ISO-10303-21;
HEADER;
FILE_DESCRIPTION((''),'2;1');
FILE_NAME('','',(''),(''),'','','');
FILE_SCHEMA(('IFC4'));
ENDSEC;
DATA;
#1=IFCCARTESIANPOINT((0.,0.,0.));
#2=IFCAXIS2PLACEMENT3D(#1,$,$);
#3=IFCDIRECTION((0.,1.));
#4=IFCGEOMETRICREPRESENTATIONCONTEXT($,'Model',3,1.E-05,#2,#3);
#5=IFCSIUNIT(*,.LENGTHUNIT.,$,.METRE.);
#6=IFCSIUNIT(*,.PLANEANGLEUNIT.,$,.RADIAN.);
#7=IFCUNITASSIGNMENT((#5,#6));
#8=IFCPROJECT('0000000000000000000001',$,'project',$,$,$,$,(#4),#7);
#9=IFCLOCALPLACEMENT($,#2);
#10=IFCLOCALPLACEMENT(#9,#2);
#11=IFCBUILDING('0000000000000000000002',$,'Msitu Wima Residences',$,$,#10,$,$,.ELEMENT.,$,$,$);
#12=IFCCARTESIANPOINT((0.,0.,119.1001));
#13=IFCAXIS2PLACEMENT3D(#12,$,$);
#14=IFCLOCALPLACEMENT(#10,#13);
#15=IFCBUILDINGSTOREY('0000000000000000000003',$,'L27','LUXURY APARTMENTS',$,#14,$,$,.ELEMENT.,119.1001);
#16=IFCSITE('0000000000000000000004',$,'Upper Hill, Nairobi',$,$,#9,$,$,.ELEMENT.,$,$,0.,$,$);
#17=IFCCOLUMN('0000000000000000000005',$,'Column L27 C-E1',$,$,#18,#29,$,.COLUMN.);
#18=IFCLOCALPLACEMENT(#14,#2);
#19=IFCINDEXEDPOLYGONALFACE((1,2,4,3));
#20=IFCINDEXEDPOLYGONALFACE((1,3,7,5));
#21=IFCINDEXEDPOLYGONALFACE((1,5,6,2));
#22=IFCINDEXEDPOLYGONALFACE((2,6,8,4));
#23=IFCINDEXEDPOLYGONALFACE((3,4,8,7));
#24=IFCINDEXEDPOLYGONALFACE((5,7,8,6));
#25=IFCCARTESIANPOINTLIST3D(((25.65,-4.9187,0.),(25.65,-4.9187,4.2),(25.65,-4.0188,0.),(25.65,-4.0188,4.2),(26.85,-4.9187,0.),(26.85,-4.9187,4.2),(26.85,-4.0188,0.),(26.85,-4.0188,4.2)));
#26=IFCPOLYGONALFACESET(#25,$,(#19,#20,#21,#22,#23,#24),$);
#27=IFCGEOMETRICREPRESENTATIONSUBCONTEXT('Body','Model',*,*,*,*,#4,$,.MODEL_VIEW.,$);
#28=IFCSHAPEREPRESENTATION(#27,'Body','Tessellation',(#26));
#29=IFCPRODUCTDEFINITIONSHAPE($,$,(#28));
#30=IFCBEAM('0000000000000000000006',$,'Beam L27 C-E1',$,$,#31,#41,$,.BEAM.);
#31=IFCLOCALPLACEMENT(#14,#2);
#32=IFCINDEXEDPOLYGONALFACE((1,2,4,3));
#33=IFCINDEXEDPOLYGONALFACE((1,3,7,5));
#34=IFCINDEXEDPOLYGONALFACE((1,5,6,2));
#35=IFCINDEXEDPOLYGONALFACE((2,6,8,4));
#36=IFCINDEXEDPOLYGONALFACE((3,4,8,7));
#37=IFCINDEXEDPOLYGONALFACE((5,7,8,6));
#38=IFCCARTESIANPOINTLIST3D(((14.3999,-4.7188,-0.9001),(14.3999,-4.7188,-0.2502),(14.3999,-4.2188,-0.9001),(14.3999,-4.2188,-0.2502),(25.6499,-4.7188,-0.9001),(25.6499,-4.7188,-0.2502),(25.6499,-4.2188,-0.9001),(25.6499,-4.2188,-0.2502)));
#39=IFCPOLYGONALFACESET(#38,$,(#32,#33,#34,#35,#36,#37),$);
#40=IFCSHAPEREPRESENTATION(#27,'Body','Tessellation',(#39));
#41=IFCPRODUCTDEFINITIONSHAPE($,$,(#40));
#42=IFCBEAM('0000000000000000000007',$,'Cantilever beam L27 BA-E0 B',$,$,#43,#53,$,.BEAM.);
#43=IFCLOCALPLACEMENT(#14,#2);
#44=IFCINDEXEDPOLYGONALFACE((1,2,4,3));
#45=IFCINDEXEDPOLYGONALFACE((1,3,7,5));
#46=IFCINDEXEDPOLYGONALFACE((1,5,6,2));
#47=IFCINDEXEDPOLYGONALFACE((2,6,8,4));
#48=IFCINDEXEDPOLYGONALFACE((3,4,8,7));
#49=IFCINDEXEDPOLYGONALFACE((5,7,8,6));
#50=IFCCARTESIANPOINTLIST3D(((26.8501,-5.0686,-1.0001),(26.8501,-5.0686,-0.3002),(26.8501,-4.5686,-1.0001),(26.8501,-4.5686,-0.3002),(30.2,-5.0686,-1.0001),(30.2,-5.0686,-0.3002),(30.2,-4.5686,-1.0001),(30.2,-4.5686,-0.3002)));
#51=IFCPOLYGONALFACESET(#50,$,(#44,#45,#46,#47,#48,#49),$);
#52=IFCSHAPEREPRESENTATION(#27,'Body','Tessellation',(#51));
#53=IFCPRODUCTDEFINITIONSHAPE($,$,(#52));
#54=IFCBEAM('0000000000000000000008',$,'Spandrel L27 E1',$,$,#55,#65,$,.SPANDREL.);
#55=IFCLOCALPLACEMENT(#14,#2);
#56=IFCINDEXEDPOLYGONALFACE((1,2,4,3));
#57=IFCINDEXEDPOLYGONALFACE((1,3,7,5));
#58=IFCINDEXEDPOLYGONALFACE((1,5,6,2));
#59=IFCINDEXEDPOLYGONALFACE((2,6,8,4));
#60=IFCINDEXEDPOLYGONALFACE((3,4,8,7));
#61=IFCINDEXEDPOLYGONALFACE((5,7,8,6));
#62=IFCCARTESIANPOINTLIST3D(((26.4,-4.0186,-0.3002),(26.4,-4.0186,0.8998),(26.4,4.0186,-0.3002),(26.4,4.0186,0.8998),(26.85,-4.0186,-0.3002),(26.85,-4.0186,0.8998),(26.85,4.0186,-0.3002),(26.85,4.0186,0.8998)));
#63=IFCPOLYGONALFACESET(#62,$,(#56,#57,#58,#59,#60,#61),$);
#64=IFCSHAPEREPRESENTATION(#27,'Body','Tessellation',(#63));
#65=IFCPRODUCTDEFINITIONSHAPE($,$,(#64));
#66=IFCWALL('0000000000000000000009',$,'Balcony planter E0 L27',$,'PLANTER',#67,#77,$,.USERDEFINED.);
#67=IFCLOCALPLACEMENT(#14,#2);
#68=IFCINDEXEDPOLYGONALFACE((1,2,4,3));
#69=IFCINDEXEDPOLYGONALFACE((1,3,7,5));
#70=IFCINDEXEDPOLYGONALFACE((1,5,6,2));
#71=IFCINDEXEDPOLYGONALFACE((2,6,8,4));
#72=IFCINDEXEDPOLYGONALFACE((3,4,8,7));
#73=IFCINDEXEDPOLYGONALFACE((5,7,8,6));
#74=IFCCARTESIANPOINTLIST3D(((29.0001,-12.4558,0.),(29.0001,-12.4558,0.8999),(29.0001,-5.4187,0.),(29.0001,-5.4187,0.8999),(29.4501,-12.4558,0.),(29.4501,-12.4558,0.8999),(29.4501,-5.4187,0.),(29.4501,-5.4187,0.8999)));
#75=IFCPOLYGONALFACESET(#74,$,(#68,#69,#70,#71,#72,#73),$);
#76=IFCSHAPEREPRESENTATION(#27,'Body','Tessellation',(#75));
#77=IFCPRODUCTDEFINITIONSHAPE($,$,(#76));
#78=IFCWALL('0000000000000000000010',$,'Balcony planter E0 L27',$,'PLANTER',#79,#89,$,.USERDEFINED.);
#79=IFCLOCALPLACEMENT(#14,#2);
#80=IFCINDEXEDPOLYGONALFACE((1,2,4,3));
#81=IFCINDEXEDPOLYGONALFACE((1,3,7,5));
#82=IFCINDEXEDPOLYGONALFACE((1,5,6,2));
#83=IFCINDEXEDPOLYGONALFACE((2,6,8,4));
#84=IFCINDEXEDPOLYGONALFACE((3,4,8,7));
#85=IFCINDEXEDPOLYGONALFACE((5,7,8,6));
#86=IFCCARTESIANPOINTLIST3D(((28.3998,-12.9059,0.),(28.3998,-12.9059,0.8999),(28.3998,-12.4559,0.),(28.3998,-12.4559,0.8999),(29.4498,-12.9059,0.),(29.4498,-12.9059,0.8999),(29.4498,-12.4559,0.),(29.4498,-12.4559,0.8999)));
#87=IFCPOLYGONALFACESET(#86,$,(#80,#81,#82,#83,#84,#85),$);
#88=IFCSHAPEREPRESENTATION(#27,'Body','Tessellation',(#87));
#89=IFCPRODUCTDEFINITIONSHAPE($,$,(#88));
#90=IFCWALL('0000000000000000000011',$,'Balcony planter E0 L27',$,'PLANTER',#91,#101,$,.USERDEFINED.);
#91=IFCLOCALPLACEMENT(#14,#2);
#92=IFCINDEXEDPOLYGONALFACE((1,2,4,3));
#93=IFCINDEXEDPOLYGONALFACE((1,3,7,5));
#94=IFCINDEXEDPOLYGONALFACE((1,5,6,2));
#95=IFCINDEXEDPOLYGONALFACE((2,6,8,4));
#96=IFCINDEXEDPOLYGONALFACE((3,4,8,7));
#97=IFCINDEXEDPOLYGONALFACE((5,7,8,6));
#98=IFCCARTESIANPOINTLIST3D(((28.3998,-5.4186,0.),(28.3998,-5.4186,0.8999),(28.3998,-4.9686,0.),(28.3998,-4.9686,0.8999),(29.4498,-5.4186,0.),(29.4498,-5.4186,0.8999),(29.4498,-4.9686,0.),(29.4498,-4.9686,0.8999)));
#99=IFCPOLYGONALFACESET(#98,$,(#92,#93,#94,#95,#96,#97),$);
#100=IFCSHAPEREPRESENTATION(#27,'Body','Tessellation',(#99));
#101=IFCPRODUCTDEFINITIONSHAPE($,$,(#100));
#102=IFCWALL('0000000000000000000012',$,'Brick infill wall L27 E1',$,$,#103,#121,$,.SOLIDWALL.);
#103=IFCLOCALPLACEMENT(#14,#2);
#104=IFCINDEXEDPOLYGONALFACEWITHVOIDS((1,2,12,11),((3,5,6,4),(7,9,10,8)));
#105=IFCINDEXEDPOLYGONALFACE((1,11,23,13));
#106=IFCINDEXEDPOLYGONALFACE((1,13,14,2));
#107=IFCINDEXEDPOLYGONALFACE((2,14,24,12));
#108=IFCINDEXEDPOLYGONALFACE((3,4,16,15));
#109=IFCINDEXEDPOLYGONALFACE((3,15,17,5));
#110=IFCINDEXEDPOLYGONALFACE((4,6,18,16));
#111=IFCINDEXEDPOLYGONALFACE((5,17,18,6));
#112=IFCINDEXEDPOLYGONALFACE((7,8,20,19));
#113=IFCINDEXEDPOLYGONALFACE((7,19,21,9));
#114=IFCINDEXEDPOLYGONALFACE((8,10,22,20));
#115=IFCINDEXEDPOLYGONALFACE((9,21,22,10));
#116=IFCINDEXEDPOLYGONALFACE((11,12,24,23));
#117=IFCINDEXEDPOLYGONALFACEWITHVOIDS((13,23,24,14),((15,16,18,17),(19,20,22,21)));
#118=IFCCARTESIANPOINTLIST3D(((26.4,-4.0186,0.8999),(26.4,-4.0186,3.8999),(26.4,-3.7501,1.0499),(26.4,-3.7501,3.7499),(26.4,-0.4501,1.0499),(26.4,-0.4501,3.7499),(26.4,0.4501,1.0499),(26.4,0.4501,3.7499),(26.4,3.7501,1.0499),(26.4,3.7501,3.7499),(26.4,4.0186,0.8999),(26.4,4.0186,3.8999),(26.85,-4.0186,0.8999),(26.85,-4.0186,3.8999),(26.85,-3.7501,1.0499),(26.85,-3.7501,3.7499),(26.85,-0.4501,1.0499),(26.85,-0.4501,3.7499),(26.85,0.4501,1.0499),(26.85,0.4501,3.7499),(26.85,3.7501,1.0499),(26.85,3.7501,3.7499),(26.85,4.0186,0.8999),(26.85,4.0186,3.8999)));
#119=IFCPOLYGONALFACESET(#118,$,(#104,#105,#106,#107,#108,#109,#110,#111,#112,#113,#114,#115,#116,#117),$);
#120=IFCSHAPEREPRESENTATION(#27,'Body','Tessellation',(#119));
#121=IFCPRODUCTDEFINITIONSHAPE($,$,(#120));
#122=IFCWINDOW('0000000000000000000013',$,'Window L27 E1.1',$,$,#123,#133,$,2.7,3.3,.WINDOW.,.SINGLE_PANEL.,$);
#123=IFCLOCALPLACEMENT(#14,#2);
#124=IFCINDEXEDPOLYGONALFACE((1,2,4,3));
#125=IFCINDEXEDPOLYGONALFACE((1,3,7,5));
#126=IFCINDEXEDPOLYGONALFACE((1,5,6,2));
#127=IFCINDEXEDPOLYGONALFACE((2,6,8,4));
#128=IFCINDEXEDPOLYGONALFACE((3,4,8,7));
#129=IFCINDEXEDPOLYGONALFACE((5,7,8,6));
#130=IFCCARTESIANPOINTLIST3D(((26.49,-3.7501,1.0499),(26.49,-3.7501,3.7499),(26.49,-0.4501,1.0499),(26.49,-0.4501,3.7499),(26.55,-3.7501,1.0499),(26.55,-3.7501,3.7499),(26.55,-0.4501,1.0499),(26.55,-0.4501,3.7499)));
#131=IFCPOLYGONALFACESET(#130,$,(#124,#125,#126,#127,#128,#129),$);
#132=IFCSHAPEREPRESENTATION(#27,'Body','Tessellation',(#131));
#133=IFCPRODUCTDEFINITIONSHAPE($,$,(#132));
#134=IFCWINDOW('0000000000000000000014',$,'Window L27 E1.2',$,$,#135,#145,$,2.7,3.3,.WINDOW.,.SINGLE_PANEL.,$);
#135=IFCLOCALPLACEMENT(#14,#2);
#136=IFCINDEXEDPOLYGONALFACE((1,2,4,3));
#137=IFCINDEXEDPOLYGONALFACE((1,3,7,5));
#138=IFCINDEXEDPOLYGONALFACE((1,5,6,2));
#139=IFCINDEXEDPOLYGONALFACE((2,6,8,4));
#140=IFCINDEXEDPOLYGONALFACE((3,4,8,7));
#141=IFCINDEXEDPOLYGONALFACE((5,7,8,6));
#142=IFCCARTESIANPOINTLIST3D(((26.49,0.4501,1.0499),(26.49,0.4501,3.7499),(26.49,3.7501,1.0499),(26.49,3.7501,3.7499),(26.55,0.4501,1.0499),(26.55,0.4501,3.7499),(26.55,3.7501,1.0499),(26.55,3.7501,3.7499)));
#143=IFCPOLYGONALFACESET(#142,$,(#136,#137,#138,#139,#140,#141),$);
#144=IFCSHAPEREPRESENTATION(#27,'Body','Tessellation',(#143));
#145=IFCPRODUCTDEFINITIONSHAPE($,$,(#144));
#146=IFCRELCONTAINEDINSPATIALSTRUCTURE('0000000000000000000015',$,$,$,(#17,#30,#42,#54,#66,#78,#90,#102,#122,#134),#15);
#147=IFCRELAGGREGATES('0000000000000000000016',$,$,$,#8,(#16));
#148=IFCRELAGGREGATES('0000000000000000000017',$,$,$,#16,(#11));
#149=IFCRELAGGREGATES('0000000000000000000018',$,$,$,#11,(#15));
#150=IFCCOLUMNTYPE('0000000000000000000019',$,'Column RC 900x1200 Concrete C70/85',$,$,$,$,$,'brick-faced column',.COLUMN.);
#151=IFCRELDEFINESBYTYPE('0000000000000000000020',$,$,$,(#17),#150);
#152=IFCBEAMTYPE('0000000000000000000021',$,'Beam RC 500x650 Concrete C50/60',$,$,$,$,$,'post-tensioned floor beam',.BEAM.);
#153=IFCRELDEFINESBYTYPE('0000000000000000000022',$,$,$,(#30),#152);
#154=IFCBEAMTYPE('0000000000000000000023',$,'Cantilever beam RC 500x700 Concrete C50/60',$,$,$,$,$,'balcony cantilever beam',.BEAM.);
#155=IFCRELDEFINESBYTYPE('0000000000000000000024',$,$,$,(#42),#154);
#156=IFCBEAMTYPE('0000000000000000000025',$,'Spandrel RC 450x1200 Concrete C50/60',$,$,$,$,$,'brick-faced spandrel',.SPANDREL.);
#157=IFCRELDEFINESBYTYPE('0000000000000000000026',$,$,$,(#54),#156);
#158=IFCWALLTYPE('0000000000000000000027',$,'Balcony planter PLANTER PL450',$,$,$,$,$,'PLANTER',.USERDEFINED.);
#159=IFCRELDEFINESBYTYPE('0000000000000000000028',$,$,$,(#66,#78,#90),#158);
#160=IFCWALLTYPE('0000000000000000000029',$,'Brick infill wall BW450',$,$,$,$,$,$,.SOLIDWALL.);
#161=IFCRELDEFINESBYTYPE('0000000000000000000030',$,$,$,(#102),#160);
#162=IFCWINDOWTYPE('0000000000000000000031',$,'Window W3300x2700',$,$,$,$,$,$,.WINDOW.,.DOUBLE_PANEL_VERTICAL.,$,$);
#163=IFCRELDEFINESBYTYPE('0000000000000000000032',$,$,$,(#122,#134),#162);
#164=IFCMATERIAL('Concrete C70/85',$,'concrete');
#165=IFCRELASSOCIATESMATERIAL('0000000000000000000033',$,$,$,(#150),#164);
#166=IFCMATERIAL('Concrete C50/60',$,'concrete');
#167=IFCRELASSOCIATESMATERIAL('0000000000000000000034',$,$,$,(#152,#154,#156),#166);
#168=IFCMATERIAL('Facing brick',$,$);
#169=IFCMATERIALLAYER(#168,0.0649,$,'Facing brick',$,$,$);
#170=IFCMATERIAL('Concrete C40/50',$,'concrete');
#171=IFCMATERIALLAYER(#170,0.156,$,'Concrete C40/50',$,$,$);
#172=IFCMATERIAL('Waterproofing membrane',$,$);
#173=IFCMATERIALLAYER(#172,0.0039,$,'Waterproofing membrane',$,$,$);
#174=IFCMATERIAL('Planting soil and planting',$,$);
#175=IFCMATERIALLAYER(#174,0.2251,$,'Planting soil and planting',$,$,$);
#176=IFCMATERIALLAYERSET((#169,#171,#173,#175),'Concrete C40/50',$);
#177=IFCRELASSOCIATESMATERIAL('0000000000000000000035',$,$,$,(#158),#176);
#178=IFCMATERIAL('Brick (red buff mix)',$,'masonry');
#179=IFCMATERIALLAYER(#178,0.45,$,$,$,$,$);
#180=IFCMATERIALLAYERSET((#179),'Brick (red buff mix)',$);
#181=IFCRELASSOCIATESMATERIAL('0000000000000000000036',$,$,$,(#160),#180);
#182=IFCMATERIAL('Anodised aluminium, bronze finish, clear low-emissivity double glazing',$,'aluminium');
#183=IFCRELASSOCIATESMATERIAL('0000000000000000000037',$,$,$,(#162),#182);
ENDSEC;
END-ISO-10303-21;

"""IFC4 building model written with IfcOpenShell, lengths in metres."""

from ifc_helpers import new_model, si_unit, direction, frame, frame_2d, origin, origin_2d, place, context, subcontext, project, spatial, rectangle, extrude, material, layer, layer_set, material_profile, profile_set, type_object, element, fill, save


model = new_model("IFC4")

# Units and contexts
model_context = context("Model", 3, precision=1e-05, world=origin(), true_north=direction((0.0, 1.0)))
body_context = subcontext(model_context, "Body", "Model", "MODEL_VIEW")
ifc_project = project(units=[si_unit("LENGTHUNIT", "METRE"), si_unit("PLANEANGLEUNIT", "RADIAN")], contexts=[model_context])

# Site, building, storey
site_placement = place(None, origin())
site = spatial("IfcSite", under=ifc_project, at=site_placement, Name="Upper Hill, Nairobi", CompositionType="ELEMENT", RefElevation=0.0)
building_placement = place(site_placement, origin())
building = spatial("IfcBuilding", under=site, at=building_placement, Name="Msitu Wima Residences", CompositionType="ELEMENT")
storey_placement = place(building_placement, frame((0.0, 0.0, 119.1001)))
storey = spatial("IfcBuildingStorey", under=building, at=storey_placement, Name="L27", Description="LUXURY APARTMENTS", CompositionType="ELEMENT", Elevation=119.1001)

# Column
ifc_material_1 = material(Name="Concrete C70/85", Category="concrete")
ifc_material_profile_1 = material_profile(ifc_material_1, rectangle(XDim=0.8999, YDim=1.2, at=origin_2d()), Name="RC 900x1200")
ifc_profile_set_1 = profile_set([ifc_material_profile_1], Name="Concrete C70/85")
column_type = type_object("IfcColumnType", Name="Column RC 900x1200 Concrete C70/85", ElementType="brick-faced column", PredefinedType="COLUMN", material=ifc_profile_set_1)
column_placement = place(storey_placement, frame((26.25, -4.4688, 0.0), z_axis=(0.0, 0.0, 1.0), x_axis=(0.0, 1.0, 0.0)))
element("IfcColumn", 1, at=column_placement, inside=storey, type_object=column_type, Name="Column L27 C-E1", PredefinedType="COLUMN", context=body_context, shape_type="SweptSolid", body=[
    extrude(rectangle(XDim=0.8999, YDim=1.2, at=origin_2d()), origin(), (0.0, 0.0, 1.0), 4.2),
])

# Beams
ifc_material_2 = material(Name="Concrete C50/60", Category="concrete")
ifc_material_profile_2 = material_profile(ifc_material_2, rectangle(XDim=0.5, YDim=0.6499, at=origin_2d()), Name="RC 500x650")
ifc_profile_set_2 = profile_set([ifc_material_profile_2], Name="Concrete C50/60")
beam_type_1 = type_object("IfcBeamType", Name="Beam RC 500x650 Concrete C50/60", ElementType="post-tensioned floor beam", PredefinedType="BEAM", material=ifc_profile_set_2)
beam_1_placement = place(storey_placement, frame((25.6499, -4.4688, -0.5752), z_axis=(-1.0, 0.0, 0.0), x_axis=(0.0, -1.0, 0.0)))
element("IfcBeam", 2, at=beam_1_placement, inside=storey, type_object=beam_type_1, Name="Beam L27 C-E1", PredefinedType="BEAM", context=body_context, shape_type="SweptSolid", body=[
    extrude(rectangle(XDim=0.5, YDim=0.6499, at=origin_2d()), origin(), (0.0, 0.0, 1.0), 11.25),
])
ifc_material_profile_3 = material_profile(ifc_material_2, rectangle(XDim=0.5, YDim=0.7, at=origin_2d()), Name="RC 500x700")
ifc_profile_set_3 = profile_set([ifc_material_profile_3], Name="Concrete C50/60")
beam_type_2 = type_object("IfcBeamType", Name="Cantilever beam RC 500x700 Concrete C50/60", ElementType="balcony cantilever beam", PredefinedType="BEAM", material=ifc_profile_set_3)
beam_2_placement = place(storey_placement, frame((26.8501, -4.8186, -0.6501), z_axis=(1.0, 0.0, 0.0), x_axis=(0.0, 1.0, 0.0)))
element("IfcBeam", 3, at=beam_2_placement, inside=storey, type_object=beam_type_2, Name="Cantilever beam L27 BA-E0 B", PredefinedType="BEAM", context=body_context, shape_type="SweptSolid", body=[
    extrude(rectangle(XDim=0.5, YDim=0.7, at=origin_2d()), origin(), (0.0, 0.0, 1.0), 3.3499),
])
ifc_material_profile_4 = material_profile(ifc_material_2, rectangle(XDim=0.45, YDim=1.2, at=origin_2d()), Name="RC 450x1200")
ifc_profile_set_4 = profile_set([ifc_material_profile_4], Name="Concrete C50/60")
beam_type_3 = type_object("IfcBeamType", Name="Spandrel RC 450x1200 Concrete C50/60", ElementType="brick-faced spandrel", PredefinedType="SPANDREL", material=ifc_profile_set_4)
beam_3_placement = place(storey_placement, frame((26.625, -4.0186, 0.2998), z_axis=(0.0, 1.0, 0.0), x_axis=(-1.0, 0.0, 0.0)))
element("IfcBeam", 4, at=beam_3_placement, inside=storey, type_object=beam_type_3, Name="Spandrel L27 E1", PredefinedType="SPANDREL", context=body_context, shape_type="SweptSolid", body=[
    extrude(rectangle(XDim=0.45, YDim=1.2, at=origin_2d()), origin(), (0.0, 0.0, 1.0), 8.0371),
])

# Walls
ifc_material_3 = material(Name="Facing brick")
ifc_layer_1 = layer(ifc_material_3, 0.0649, Name="Facing brick")
ifc_material_4 = material(Name="Concrete C40/50", Category="concrete")
ifc_layer_2 = layer(ifc_material_4, 0.156, Name="Concrete C40/50")
ifc_material_5 = material(Name="Waterproofing membrane")
ifc_layer_3 = layer(ifc_material_5, 0.0039, Name="Waterproofing membrane")
ifc_material_6 = material(Name="Planting soil and planting")
ifc_layer_4 = layer(ifc_material_6, 0.2251, Name="Planting soil and planting")
ifc_layer_set_1 = layer_set([ifc_layer_1, ifc_layer_2, ifc_layer_3, ifc_layer_4], Name="Concrete C40/50")
wall_type_1 = type_object("IfcWallType", Name="Balcony planter PLANTER PL450", ElementType="PLANTER", PredefinedType="USERDEFINED", material=ifc_layer_set_1)
wall_1_placement = place(storey_placement, frame((29.2251, -12.4558, 0.0), z_axis=(0.0, 0.0, 1.0), x_axis=(0.0, 1.0, 0.0)))
element("IfcWall", 5, at=wall_1_placement, inside=storey, type_object=wall_type_1, Name="Balcony planter E0 L27", ObjectType="PLANTER", PredefinedType="USERDEFINED", context=body_context, shape_type="SweptSolid", body=[
    extrude(rectangle(XDim=7.0371, YDim=0.45, at=frame_2d((3.5186, 0.0))), origin(), (0.0, 0.0, 1.0), 0.8999),
])
for number, where, z_axis, x_axis, name in (
    (6, (28.3999, -12.6809, 0.0), (0.0, 0.0, 1.0), (1.0, 0.0, 0.0), "Balcony planter E0 L27"),
    (7, (28.3999, -5.1936, 0.0), (0.0, 0.0, 1.0), (1.0, 0.0, 0.0), "Balcony planter E0 L27"),
):
    element("IfcWall", number, at=place(storey_placement, frame(where, z_axis=z_axis, x_axis=x_axis)), inside=storey, type_object=wall_type_1, Name=name, ObjectType="PLANTER", PredefinedType="USERDEFINED", context=body_context, shape_type="SweptSolid", body=[
        extrude(rectangle(XDim=1.05, YDim=0.45, at=frame_2d((0.5249, 0.0))), origin(), (0.0, 0.0, 1.0), 0.8999),
    ])

# Wall, openings, windows
ifc_material_7 = material(Name="Brick (red buff mix)", Category="masonry")
ifc_layer_5 = layer(ifc_material_7, 0.45)
ifc_layer_set_2 = layer_set([ifc_layer_5], Name="Brick (red buff mix)")
wall_type_2 = type_object("IfcWallType", Name="Brick infill wall BW450", PredefinedType="SOLIDWALL", material=ifc_layer_set_2)
wall_2_placement = place(storey_placement, frame((26.625, -4.0186, 0.8999), z_axis=(0.0, 0.0, 1.0), x_axis=(0.0, 1.0, 0.0)))
wall_2 = element("IfcWall", 8, at=wall_2_placement, inside=storey, type_object=wall_type_2, Name="Brick infill wall L27 E1", PredefinedType="SOLIDWALL", context=body_context, shape_type="SweptSolid", body=[
    extrude(rectangle(XDim=8.0371, YDim=0.45, at=frame_2d((4.0186, 0.0))), origin(), (0.0, 0.0, 1.0), 3.0),
])
opening_1_placement = place(wall_2_placement, frame((0.2686, 0.0, 0.1499)))
opening_1 = element("IfcOpeningElement", 9, at=opening_1_placement, cuts=wall_2, PredefinedType="OPENING", context=body_context, shape_type="SweptSolid", body=[
    extrude(rectangle(XDim=3.3, YDim=2.7, at=frame_2d((1.6499, 1.3501))), frame((0.0, 0.2349, 0.0), z_axis=(0.0, -1.0, 0.0), x_axis=(1.0, 0.0, 0.0)), (0.0, 0.0, 1.0), 0.47),
])
opening_2_placement = place(wall_2_placement, frame((4.4688, 0.0, 0.1499)))
opening_2 = element("IfcOpeningElement", 10, at=opening_2_placement, cuts=wall_2, PredefinedType="OPENING", context=body_context, shape_type="SweptSolid", body=[
    extrude(rectangle(XDim=3.3, YDim=2.7, at=frame_2d((1.6499, 1.3501))), frame((0.0, 0.2349, 0.0), z_axis=(0.0, -1.0, 0.0), x_axis=(1.0, 0.0, 0.0)), (0.0, 0.0, 1.0), 0.47),
])
ifc_material_8 = material(Name="Anodised aluminium, bronze finish, clear low-emissivity double glazing", Category="aluminium")
window_type = type_object("IfcWindowType", Name="Window W3300x2700", PartitioningType="DOUBLE_PANEL_VERTICAL", PredefinedType="WINDOW", material=ifc_material_8)
window_1_placement = place(opening_1_placement, origin())
window_1 = element("IfcWindow", 11, at=window_1_placement, inside=storey, type_object=window_type, Name="Window L27 E1.1", OverallHeight=2.7, OverallWidth=3.3, PartitioningType="SINGLE_PANEL", PredefinedType="WINDOW", context=body_context, shape_type="SweptSolid", body=[
    extrude(rectangle(XDim=3.3, YDim=2.7, at=frame_2d((1.6499, 1.3501))), frame((0.0, 0.135, 0.0), z_axis=(0.0, -1.0, 0.0), x_axis=(1.0, 0.0, 0.0)), (0.0, 0.0, 1.0), 0.0601),
])
fill(opening_1, window_1)
window_2_placement = place(opening_2_placement, origin())
window_2 = element("IfcWindow", 12, at=window_2_placement, inside=storey, type_object=window_type, Name="Window L27 E1.2", OverallHeight=2.7, OverallWidth=3.3, PartitioningType="SINGLE_PANEL", PredefinedType="WINDOW", context=body_context, shape_type="SweptSolid", body=[
    extrude(rectangle(XDim=3.3, YDim=2.7, at=frame_2d((1.6499, 1.3501))), frame((0.0, 0.135, 0.0), z_axis=(0.0, -1.0, 0.0), x_axis=(1.0, 0.0, 0.0)), (0.0, 0.0, 1.0), 0.0601),
])
fill(opening_2, window_2)

save(model, "model.ifc")
